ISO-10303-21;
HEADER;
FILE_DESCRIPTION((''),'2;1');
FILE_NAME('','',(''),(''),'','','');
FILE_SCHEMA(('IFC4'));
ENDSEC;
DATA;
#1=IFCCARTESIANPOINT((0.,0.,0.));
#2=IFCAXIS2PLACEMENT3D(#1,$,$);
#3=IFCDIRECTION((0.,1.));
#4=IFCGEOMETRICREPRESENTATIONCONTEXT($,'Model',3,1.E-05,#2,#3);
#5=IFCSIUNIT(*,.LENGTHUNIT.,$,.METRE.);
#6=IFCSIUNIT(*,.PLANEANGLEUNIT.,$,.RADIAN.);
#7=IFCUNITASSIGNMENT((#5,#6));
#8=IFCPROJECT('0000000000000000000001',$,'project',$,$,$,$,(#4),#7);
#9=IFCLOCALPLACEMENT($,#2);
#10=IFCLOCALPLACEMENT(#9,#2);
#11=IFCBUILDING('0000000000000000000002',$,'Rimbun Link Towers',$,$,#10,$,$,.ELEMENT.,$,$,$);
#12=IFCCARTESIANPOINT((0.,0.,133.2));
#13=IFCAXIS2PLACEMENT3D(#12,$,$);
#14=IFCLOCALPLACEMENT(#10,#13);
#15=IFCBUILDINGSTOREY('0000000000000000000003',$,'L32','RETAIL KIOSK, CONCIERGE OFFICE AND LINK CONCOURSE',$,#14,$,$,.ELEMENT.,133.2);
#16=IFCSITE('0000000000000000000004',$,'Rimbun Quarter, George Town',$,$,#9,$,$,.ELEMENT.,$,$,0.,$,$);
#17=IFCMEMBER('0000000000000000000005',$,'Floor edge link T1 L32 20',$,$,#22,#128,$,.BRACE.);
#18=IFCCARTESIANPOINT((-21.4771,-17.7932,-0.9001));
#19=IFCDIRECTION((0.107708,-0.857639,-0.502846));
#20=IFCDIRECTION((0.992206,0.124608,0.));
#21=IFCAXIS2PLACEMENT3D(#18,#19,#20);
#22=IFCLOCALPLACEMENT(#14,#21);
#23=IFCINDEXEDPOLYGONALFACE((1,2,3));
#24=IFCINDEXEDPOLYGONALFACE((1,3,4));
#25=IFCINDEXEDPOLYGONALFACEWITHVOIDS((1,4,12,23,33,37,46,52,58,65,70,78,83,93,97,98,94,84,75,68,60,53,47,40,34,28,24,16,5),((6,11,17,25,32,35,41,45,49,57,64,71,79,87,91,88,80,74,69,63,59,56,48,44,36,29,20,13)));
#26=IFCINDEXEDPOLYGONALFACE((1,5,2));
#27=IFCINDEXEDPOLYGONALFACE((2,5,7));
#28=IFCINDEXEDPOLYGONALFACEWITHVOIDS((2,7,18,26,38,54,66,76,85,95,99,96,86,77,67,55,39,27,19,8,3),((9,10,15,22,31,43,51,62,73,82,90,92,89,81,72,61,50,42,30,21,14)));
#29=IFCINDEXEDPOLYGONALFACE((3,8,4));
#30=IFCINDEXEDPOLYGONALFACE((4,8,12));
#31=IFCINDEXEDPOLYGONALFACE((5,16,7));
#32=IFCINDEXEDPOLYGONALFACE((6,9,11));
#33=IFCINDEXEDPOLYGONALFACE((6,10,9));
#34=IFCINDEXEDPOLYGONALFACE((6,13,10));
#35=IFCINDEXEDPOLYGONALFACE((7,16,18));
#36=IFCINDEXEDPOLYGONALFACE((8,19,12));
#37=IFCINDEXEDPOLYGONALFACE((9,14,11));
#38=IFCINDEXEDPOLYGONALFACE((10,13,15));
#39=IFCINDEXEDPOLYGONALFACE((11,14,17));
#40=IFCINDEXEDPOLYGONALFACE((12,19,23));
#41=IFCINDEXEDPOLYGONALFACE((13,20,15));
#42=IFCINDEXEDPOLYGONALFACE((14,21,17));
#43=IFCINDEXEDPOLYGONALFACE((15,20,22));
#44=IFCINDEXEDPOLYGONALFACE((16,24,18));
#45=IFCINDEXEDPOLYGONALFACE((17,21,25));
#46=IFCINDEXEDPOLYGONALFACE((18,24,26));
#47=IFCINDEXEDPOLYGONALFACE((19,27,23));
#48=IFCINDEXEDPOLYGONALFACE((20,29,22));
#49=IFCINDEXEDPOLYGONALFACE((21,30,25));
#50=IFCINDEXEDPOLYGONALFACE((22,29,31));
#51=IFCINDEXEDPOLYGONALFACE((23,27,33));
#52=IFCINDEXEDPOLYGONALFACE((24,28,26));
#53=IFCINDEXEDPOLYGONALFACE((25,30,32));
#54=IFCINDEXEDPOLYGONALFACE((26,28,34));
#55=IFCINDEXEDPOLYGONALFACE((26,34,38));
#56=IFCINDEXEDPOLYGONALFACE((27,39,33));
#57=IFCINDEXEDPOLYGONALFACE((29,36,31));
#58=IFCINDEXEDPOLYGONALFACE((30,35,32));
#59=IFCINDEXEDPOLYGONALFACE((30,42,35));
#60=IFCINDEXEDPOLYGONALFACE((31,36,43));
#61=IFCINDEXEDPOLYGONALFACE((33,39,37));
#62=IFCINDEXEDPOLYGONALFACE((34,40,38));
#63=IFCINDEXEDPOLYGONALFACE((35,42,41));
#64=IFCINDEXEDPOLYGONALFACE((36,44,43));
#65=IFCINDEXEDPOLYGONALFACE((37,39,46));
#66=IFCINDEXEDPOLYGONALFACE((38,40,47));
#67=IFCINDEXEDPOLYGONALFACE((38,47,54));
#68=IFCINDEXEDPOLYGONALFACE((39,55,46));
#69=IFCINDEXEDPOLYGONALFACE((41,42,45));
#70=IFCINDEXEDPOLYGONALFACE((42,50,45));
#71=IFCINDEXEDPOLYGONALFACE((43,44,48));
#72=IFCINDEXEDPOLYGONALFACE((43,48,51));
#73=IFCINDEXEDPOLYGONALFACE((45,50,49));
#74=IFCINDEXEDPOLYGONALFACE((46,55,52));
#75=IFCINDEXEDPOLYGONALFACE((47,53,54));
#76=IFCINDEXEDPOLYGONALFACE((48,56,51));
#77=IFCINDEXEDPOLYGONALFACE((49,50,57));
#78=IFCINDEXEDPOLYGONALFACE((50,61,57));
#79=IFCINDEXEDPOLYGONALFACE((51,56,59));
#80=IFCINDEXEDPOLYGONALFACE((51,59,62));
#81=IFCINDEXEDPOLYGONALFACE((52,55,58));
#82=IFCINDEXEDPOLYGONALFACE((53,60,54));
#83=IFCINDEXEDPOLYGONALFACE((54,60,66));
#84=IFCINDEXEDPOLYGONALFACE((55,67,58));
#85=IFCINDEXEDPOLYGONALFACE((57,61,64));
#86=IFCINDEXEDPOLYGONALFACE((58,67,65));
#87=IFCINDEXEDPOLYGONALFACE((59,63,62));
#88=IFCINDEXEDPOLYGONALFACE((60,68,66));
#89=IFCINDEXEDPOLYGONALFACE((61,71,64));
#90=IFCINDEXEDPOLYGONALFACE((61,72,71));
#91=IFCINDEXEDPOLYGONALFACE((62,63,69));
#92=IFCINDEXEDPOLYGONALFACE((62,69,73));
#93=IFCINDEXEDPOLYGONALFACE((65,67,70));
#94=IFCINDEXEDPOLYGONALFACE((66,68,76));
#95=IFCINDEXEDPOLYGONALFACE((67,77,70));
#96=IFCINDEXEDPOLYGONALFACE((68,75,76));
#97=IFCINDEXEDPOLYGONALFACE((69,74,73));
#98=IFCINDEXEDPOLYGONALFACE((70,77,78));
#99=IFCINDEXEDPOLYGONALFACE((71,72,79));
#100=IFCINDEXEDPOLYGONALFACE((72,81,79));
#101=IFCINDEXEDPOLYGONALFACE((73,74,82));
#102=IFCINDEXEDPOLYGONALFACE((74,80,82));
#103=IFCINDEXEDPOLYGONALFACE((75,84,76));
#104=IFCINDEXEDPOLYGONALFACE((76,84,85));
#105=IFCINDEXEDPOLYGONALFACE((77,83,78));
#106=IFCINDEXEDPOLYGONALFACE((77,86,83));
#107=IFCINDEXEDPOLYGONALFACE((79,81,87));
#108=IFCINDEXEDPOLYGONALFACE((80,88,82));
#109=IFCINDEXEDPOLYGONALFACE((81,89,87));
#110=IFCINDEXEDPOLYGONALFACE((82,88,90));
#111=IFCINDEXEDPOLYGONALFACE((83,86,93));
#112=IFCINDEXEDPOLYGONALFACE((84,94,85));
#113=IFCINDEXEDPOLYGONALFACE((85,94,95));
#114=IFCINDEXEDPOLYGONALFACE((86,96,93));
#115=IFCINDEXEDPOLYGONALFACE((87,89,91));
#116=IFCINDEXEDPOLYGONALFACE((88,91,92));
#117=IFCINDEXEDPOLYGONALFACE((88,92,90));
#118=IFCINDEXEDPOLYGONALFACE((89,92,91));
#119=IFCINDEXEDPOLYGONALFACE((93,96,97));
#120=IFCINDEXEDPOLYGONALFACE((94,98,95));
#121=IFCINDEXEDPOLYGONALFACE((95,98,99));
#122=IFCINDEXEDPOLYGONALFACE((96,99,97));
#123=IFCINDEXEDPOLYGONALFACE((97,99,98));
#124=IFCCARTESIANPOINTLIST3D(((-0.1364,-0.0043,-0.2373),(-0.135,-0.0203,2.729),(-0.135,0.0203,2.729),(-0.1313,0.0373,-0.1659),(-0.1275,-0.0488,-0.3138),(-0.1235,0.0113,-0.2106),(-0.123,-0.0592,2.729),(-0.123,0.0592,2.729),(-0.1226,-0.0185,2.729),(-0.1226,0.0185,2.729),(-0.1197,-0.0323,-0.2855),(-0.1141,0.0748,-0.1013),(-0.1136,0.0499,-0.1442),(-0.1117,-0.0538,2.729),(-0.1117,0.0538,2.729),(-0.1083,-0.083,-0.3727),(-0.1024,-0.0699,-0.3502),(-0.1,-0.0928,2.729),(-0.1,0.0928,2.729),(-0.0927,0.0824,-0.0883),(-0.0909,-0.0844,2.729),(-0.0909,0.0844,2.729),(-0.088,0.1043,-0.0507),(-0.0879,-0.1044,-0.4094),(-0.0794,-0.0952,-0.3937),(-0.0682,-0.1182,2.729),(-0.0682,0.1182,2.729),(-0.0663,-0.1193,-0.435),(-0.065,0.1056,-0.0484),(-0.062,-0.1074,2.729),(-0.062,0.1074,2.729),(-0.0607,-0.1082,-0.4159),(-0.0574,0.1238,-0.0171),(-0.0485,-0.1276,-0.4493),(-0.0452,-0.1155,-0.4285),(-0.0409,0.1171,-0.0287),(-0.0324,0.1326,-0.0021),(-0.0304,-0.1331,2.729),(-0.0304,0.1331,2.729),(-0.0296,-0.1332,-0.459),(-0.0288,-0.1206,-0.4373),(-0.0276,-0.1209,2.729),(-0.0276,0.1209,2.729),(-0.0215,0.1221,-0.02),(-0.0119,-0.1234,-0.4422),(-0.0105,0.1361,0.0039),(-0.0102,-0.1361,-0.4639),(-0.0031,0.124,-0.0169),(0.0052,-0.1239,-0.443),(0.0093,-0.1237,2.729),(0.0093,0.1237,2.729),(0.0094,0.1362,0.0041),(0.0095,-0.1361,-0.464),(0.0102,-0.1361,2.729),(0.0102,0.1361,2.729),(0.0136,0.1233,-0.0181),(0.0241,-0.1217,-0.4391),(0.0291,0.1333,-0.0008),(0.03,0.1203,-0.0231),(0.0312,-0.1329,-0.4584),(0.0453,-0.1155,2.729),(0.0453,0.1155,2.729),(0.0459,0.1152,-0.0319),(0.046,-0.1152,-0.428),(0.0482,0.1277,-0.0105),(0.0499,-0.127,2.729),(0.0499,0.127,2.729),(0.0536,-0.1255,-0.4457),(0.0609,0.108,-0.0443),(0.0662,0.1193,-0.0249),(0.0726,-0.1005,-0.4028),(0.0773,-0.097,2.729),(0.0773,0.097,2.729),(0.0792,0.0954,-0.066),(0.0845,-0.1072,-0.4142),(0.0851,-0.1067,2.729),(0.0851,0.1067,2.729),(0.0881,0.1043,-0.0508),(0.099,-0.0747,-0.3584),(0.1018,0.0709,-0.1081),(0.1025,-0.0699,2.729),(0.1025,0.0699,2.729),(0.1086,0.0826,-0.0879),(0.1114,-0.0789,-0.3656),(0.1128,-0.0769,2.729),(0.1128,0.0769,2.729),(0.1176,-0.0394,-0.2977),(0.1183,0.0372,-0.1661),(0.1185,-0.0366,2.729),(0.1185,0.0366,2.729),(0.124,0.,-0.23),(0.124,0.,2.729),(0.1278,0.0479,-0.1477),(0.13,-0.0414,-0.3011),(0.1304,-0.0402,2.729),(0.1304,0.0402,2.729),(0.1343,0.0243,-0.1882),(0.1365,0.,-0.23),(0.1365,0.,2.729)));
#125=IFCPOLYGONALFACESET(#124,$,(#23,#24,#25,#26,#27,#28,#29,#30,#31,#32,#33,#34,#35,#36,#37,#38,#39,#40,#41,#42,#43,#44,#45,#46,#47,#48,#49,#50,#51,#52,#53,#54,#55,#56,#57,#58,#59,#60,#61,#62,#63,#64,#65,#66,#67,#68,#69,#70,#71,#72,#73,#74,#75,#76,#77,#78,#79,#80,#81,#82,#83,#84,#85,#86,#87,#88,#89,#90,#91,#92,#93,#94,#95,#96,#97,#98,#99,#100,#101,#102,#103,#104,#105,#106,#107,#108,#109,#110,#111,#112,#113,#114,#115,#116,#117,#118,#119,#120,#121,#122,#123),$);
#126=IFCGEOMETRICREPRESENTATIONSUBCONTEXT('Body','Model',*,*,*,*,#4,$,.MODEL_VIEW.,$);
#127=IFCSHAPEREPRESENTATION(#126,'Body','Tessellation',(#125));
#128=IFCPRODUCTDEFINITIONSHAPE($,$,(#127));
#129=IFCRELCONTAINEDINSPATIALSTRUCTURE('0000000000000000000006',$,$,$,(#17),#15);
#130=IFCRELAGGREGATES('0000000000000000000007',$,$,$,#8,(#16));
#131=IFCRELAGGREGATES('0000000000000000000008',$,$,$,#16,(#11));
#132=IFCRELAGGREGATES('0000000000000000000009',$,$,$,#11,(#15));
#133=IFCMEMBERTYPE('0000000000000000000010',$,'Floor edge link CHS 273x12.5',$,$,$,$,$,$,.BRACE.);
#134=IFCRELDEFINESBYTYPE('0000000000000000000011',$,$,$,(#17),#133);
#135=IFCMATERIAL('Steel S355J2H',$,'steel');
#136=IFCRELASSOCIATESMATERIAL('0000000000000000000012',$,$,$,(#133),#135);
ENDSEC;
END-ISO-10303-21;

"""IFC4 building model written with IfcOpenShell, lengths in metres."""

from ifc_helpers import new_model, si_unit, direction, frame, origin, origin_2d, place, context, subcontext, project, spatial, hollow_circle, extrude, clip, halfspace, material, material_profile, profile_set, type_object, element, save


model = new_model("IFC4")

# Units and contexts
model_context = context("Model", 3, precision=1e-05, world=origin(), true_north=direction((0.0, 1.0)))
body_context = subcontext(model_context, "Body", "Model", "MODEL_VIEW")
ifc_project = project(units=[si_unit("LENGTHUNIT", "METRE"), si_unit("PLANEANGLEUNIT", "RADIAN")], contexts=[model_context])

# Site, building, storey
site_placement = place(None, origin())
site = spatial("IfcSite", under=ifc_project, at=site_placement, Name="Rimbun Quarter, George Town", CompositionType="ELEMENT", RefElevation=0.0)
building_placement = place(site_placement, origin())
building = spatial("IfcBuilding", under=site, at=building_placement, Name="Rimbun Link Towers", CompositionType="ELEMENT")
storey_placement = place(building_placement, frame((0.0, 0.0, 133.2)))
storey = spatial("IfcBuildingStorey", under=building, at=storey_placement, Name="L32", Description="RETAIL KIOSK, CONCIERGE OFFICE AND LINK CONCOURSE", CompositionType="ELEMENT", Elevation=133.2)

# Member
ifc_material_1 = material(Name="Steel S355J2H", Category="steel")
ifc_material_profile_1 = material_profile(ifc_material_1, hollow_circle(Radius=0.1365, WallThickness=0.0125, at=origin_2d()), Name="CHS 273x12.5")
ifc_profile_set_1 = profile_set([ifc_material_profile_1], Name="Steel S355J2H")
member_type_1 = type_object("IfcMemberType", Name="Floor edge link CHS 273x12.5", PredefinedType="BRACE", material=ifc_profile_set_1)
member_1_placement = place(storey_placement, frame((-21.4771, -17.7932, -0.9001), z_axis=(0.107708, -0.857639, -0.502846), x_axis=(0.992206, 0.124608, 0.0)))
element("IfcMember", 1, at=member_1_placement, inside=storey, type_object=member_type_1, Name="Floor edge link T1 L32 20", PredefinedType="BRACE", context=body_context, shape_type="Clipping", body=[
    clip(extrude(hollow_circle(Radius=0.1365, WallThickness=0.0125, at=origin_2d()), frame((0.0, 0.0, -0.4893)), (0.0, 0.0, 1.0), 3.2183), halfspace(frame((0.0, 0.0, -0.23), z_axis=(0.0, 0.864376, -0.502846)), False)),
])

save(model, "model.ifc")
